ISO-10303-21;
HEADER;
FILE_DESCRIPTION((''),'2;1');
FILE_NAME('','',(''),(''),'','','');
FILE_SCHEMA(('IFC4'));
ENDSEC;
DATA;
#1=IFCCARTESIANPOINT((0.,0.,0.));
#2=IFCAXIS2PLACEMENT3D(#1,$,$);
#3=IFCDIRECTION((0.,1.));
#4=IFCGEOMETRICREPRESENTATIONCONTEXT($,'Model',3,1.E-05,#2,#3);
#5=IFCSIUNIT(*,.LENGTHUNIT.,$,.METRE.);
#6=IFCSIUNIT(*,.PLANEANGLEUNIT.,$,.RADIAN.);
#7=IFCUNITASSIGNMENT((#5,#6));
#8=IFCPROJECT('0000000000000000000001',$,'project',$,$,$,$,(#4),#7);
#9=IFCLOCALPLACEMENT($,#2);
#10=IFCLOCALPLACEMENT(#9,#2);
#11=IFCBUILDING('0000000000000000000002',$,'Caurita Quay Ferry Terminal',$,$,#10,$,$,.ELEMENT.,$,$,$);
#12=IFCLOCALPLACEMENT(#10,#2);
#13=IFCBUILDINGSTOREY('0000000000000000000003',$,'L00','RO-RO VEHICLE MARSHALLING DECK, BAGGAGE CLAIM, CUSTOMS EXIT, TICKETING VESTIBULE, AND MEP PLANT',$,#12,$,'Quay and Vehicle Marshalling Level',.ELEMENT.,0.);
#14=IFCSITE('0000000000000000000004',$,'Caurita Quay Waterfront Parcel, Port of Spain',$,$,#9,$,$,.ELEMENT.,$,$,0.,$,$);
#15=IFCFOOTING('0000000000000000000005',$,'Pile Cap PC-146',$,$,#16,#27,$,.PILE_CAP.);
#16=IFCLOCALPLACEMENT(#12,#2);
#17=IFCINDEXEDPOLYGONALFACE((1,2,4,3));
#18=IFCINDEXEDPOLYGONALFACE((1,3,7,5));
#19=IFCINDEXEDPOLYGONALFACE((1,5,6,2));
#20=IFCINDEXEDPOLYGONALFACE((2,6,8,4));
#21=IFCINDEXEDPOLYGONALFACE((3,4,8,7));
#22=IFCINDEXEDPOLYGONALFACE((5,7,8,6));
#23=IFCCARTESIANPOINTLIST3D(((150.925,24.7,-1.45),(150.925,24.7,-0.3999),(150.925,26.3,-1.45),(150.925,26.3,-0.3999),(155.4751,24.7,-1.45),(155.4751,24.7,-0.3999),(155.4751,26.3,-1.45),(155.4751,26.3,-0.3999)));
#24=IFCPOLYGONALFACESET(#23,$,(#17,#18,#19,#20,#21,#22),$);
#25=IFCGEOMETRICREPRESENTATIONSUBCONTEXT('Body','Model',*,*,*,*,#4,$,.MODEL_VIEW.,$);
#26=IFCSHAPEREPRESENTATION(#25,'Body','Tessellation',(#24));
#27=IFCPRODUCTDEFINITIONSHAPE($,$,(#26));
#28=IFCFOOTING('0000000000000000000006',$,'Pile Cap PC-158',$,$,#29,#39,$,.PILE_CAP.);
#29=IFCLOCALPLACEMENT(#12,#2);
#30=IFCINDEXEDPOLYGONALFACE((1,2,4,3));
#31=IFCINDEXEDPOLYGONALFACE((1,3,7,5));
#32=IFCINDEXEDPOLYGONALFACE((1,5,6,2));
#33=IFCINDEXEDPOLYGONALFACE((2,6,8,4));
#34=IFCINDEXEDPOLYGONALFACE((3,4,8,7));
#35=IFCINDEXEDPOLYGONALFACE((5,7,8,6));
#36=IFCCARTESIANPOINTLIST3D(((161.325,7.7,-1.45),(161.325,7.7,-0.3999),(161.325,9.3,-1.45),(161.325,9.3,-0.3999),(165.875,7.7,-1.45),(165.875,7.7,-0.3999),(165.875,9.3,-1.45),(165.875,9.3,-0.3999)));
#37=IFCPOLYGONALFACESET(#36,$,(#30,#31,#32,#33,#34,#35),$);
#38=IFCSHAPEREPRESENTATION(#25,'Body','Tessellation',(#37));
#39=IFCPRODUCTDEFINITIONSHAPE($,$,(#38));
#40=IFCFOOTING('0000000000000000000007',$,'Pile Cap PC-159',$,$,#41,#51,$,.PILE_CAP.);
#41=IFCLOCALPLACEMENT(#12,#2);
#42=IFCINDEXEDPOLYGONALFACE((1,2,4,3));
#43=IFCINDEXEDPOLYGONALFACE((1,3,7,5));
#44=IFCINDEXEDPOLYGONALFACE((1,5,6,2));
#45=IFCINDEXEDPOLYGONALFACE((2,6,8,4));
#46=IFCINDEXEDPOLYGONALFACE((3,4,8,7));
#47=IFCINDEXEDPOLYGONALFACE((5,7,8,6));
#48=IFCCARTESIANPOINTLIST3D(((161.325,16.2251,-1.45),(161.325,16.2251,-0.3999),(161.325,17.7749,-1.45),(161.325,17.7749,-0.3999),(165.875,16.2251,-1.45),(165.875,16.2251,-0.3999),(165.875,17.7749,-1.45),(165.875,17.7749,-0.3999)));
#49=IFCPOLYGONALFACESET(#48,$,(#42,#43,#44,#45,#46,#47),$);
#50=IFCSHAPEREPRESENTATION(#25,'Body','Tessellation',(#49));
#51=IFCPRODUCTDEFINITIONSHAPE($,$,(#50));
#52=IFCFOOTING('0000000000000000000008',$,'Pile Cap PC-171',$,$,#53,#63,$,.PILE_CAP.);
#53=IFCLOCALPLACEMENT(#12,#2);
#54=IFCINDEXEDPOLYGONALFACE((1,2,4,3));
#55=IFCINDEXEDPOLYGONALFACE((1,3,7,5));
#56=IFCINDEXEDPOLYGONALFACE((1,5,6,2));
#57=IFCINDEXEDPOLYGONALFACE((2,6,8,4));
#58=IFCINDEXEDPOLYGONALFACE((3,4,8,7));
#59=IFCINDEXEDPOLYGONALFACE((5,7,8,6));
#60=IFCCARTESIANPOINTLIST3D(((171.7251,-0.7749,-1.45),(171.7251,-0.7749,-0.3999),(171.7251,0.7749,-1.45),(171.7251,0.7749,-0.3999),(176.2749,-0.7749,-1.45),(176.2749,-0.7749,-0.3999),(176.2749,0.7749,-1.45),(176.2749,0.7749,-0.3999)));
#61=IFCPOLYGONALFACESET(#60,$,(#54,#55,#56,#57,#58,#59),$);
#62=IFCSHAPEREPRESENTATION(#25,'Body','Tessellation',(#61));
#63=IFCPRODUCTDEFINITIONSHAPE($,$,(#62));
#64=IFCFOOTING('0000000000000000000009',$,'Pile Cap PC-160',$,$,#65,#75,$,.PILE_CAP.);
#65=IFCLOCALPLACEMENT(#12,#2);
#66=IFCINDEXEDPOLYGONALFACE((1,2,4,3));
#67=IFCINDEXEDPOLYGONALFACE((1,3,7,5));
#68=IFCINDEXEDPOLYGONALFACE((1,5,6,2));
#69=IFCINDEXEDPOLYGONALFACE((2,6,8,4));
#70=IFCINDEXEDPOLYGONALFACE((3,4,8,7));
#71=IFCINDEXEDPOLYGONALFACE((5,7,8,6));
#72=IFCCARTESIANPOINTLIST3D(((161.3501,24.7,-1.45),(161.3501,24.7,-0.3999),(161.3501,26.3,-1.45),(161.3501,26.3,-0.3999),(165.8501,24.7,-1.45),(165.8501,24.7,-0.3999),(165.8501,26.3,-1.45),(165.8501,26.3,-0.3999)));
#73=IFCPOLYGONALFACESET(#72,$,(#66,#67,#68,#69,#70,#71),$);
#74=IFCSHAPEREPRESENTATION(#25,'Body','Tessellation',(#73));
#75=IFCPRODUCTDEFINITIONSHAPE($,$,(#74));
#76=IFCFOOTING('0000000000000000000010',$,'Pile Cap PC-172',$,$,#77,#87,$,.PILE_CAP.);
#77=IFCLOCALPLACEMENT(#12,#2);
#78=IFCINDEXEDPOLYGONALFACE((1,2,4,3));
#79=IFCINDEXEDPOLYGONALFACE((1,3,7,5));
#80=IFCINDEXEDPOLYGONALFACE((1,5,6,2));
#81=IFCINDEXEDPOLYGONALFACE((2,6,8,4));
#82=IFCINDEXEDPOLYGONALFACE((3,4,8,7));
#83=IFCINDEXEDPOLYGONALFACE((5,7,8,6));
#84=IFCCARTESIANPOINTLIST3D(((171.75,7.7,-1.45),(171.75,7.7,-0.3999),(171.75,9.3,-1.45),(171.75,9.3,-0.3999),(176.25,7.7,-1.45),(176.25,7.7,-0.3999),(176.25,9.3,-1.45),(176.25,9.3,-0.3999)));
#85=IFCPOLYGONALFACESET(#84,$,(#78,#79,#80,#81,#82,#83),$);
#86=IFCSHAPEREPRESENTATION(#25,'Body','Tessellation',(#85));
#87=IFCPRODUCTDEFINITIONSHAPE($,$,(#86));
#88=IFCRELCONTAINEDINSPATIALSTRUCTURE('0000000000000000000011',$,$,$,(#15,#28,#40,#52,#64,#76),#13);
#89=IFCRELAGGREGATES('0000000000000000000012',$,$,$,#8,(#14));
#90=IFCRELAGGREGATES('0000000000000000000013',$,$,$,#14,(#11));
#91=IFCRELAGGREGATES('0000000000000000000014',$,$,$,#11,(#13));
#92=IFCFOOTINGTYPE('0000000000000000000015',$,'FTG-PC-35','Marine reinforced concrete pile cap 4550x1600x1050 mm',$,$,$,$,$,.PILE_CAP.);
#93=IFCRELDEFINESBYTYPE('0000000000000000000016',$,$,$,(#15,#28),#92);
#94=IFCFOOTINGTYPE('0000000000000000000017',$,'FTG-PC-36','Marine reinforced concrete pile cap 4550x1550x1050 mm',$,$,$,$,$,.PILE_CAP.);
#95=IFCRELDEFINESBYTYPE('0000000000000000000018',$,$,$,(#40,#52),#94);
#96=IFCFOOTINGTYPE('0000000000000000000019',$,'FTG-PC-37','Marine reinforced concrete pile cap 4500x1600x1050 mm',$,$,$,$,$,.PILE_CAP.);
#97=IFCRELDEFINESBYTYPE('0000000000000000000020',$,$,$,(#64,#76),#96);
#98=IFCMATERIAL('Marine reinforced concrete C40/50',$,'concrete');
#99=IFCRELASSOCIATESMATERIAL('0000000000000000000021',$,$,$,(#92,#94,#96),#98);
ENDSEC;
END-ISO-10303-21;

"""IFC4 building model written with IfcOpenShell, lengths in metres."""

from ifc_helpers import new_model, si_unit, direction, frame, origin, place, context, subcontext, project, spatial, polyline, outline, extrude, material, type_object, element, save


model = new_model("IFC4")

# Units and contexts
model_context = context("Model", 3, precision=1e-05, world=origin(), true_north=direction((0.0, 1.0)))
body_context = subcontext(model_context, "Body", "Model", "MODEL_VIEW")
ifc_project = project(units=[si_unit("LENGTHUNIT", "METRE"), si_unit("PLANEANGLEUNIT", "RADIAN")], contexts=[model_context])

# Site, building, storey
site_placement = place(None, origin())
site = spatial("IfcSite", under=ifc_project, at=site_placement, Name="Caurita Quay Waterfront Parcel, Port of Spain", CompositionType="ELEMENT", RefElevation=0.0)
building_placement = place(site_placement, origin())
building = spatial("IfcBuilding", under=site, at=building_placement, Name="Caurita Quay Ferry Terminal", CompositionType="ELEMENT")
storey_placement = place(building_placement, origin())
storey = spatial("IfcBuildingStorey", under=building, at=storey_placement, Name="L00", Description="RO-RO VEHICLE MARSHALLING DECK, BAGGAGE CLAIM, CUSTOMS EXIT, TICKETING VESTIBULE, AND MEP PLANT", LongName="Quay and Vehicle Marshalling Level", CompositionType="ELEMENT", Elevation=0.0)

# Footings
ifc_material = material(Name="Marine reinforced concrete C40/50", Category="concrete")
footing_type_1 = type_object("IfcFootingType", Name="FTG-PC-35", Description="Marine reinforced concrete pile cap 4550x1600x1050 mm", PredefinedType="PILE_CAP", material=ifc_material)
footing_1_placement = place(storey_placement, frame((0.0, 0.0, -1.45)))
element("IfcFooting", 1, at=footing_1_placement, inside=storey, type_object=footing_type_1, Name="Pile Cap PC-146", PredefinedType="PILE_CAP", context=body_context, shape_type="SweptSolid", body=[
    extrude(outline(polyline([(150.925, 24.7), (155.4751, 24.7), (155.4751, 26.3), (150.925, 26.3), (150.925, 24.7)])), origin(), (0.0, 0.0, 1.0), 1.05),
])
footing_2_placement = place(storey_placement, frame((0.0, 0.0, -1.45)))
element("IfcFooting", 2, at=footing_2_placement, inside=storey, type_object=footing_type_1, Name="Pile Cap PC-158", PredefinedType="PILE_CAP", context=body_context, shape_type="SweptSolid", body=[
    extrude(outline(polyline([(161.325, 7.7), (165.875, 7.7), (165.875, 9.3), (161.325, 9.3), (161.325, 7.7)])), origin(), (0.0, 0.0, 1.0), 1.05),
])
footing_type_2 = type_object("IfcFootingType", Name="FTG-PC-36", Description="Marine reinforced concrete pile cap 4550x1550x1050 mm", PredefinedType="PILE_CAP", material=ifc_material)
footing_3_placement = place(storey_placement, frame((0.0, 0.0, -1.45)))
element("IfcFooting", 3, at=footing_3_placement, inside=storey, type_object=footing_type_2, Name="Pile Cap PC-159", PredefinedType="PILE_CAP", context=body_context, shape_type="SweptSolid", body=[
    extrude(outline(polyline([(161.325, 16.2251), (165.875, 16.2251), (165.875, 17.7749), (161.325, 17.7749), (161.325, 16.2251)])), origin(), (0.0, 0.0, 1.0), 1.05),
])
footing_4_placement = place(storey_placement, frame((0.0, 0.0, -1.45)))
element("IfcFooting", 4, at=footing_4_placement, inside=storey, type_object=footing_type_2, Name="Pile Cap PC-171", PredefinedType="PILE_CAP", context=body_context, shape_type="SweptSolid", body=[
    extrude(outline(polyline([(171.7251, -0.7749), (176.2749, -0.7749), (176.2749, 0.7749), (171.7251, 0.7749), (171.7251, -0.7749)])), origin(), (0.0, 0.0, 1.0), 1.05),
])
footing_type_3 = type_object("IfcFootingType", Name="FTG-PC-37", Description="Marine reinforced concrete pile cap 4500x1600x1050 mm", PredefinedType="PILE_CAP", material=ifc_material)
footing_5_placement = place(storey_placement, frame((0.0, 0.0, -1.45)))
element("IfcFooting", 5, at=footing_5_placement, inside=storey, type_object=footing_type_3, Name="Pile Cap PC-160", PredefinedType="PILE_CAP", context=body_context, shape_type="SweptSolid", body=[
    extrude(outline(polyline([(161.3501, 24.7), (165.8501, 24.7), (165.8501, 26.3), (161.3501, 26.3), (161.3501, 24.7)])), origin(), (0.0, 0.0, 1.0), 1.05),
])
footing_6_placement = place(storey_placement, frame((0.0, 0.0, -1.45)))
element("IfcFooting", 6, at=footing_6_placement, inside=storey, type_object=footing_type_3, Name="Pile Cap PC-172", PredefinedType="PILE_CAP", context=body_context, shape_type="SweptSolid", body=[
    extrude(outline(polyline([(171.75, 7.7), (176.25, 7.7), (176.25, 9.3), (171.75, 9.3), (171.75, 7.7)])), origin(), (0.0, 0.0, 1.0), 1.05),
])

save(model, "model.ifc")
